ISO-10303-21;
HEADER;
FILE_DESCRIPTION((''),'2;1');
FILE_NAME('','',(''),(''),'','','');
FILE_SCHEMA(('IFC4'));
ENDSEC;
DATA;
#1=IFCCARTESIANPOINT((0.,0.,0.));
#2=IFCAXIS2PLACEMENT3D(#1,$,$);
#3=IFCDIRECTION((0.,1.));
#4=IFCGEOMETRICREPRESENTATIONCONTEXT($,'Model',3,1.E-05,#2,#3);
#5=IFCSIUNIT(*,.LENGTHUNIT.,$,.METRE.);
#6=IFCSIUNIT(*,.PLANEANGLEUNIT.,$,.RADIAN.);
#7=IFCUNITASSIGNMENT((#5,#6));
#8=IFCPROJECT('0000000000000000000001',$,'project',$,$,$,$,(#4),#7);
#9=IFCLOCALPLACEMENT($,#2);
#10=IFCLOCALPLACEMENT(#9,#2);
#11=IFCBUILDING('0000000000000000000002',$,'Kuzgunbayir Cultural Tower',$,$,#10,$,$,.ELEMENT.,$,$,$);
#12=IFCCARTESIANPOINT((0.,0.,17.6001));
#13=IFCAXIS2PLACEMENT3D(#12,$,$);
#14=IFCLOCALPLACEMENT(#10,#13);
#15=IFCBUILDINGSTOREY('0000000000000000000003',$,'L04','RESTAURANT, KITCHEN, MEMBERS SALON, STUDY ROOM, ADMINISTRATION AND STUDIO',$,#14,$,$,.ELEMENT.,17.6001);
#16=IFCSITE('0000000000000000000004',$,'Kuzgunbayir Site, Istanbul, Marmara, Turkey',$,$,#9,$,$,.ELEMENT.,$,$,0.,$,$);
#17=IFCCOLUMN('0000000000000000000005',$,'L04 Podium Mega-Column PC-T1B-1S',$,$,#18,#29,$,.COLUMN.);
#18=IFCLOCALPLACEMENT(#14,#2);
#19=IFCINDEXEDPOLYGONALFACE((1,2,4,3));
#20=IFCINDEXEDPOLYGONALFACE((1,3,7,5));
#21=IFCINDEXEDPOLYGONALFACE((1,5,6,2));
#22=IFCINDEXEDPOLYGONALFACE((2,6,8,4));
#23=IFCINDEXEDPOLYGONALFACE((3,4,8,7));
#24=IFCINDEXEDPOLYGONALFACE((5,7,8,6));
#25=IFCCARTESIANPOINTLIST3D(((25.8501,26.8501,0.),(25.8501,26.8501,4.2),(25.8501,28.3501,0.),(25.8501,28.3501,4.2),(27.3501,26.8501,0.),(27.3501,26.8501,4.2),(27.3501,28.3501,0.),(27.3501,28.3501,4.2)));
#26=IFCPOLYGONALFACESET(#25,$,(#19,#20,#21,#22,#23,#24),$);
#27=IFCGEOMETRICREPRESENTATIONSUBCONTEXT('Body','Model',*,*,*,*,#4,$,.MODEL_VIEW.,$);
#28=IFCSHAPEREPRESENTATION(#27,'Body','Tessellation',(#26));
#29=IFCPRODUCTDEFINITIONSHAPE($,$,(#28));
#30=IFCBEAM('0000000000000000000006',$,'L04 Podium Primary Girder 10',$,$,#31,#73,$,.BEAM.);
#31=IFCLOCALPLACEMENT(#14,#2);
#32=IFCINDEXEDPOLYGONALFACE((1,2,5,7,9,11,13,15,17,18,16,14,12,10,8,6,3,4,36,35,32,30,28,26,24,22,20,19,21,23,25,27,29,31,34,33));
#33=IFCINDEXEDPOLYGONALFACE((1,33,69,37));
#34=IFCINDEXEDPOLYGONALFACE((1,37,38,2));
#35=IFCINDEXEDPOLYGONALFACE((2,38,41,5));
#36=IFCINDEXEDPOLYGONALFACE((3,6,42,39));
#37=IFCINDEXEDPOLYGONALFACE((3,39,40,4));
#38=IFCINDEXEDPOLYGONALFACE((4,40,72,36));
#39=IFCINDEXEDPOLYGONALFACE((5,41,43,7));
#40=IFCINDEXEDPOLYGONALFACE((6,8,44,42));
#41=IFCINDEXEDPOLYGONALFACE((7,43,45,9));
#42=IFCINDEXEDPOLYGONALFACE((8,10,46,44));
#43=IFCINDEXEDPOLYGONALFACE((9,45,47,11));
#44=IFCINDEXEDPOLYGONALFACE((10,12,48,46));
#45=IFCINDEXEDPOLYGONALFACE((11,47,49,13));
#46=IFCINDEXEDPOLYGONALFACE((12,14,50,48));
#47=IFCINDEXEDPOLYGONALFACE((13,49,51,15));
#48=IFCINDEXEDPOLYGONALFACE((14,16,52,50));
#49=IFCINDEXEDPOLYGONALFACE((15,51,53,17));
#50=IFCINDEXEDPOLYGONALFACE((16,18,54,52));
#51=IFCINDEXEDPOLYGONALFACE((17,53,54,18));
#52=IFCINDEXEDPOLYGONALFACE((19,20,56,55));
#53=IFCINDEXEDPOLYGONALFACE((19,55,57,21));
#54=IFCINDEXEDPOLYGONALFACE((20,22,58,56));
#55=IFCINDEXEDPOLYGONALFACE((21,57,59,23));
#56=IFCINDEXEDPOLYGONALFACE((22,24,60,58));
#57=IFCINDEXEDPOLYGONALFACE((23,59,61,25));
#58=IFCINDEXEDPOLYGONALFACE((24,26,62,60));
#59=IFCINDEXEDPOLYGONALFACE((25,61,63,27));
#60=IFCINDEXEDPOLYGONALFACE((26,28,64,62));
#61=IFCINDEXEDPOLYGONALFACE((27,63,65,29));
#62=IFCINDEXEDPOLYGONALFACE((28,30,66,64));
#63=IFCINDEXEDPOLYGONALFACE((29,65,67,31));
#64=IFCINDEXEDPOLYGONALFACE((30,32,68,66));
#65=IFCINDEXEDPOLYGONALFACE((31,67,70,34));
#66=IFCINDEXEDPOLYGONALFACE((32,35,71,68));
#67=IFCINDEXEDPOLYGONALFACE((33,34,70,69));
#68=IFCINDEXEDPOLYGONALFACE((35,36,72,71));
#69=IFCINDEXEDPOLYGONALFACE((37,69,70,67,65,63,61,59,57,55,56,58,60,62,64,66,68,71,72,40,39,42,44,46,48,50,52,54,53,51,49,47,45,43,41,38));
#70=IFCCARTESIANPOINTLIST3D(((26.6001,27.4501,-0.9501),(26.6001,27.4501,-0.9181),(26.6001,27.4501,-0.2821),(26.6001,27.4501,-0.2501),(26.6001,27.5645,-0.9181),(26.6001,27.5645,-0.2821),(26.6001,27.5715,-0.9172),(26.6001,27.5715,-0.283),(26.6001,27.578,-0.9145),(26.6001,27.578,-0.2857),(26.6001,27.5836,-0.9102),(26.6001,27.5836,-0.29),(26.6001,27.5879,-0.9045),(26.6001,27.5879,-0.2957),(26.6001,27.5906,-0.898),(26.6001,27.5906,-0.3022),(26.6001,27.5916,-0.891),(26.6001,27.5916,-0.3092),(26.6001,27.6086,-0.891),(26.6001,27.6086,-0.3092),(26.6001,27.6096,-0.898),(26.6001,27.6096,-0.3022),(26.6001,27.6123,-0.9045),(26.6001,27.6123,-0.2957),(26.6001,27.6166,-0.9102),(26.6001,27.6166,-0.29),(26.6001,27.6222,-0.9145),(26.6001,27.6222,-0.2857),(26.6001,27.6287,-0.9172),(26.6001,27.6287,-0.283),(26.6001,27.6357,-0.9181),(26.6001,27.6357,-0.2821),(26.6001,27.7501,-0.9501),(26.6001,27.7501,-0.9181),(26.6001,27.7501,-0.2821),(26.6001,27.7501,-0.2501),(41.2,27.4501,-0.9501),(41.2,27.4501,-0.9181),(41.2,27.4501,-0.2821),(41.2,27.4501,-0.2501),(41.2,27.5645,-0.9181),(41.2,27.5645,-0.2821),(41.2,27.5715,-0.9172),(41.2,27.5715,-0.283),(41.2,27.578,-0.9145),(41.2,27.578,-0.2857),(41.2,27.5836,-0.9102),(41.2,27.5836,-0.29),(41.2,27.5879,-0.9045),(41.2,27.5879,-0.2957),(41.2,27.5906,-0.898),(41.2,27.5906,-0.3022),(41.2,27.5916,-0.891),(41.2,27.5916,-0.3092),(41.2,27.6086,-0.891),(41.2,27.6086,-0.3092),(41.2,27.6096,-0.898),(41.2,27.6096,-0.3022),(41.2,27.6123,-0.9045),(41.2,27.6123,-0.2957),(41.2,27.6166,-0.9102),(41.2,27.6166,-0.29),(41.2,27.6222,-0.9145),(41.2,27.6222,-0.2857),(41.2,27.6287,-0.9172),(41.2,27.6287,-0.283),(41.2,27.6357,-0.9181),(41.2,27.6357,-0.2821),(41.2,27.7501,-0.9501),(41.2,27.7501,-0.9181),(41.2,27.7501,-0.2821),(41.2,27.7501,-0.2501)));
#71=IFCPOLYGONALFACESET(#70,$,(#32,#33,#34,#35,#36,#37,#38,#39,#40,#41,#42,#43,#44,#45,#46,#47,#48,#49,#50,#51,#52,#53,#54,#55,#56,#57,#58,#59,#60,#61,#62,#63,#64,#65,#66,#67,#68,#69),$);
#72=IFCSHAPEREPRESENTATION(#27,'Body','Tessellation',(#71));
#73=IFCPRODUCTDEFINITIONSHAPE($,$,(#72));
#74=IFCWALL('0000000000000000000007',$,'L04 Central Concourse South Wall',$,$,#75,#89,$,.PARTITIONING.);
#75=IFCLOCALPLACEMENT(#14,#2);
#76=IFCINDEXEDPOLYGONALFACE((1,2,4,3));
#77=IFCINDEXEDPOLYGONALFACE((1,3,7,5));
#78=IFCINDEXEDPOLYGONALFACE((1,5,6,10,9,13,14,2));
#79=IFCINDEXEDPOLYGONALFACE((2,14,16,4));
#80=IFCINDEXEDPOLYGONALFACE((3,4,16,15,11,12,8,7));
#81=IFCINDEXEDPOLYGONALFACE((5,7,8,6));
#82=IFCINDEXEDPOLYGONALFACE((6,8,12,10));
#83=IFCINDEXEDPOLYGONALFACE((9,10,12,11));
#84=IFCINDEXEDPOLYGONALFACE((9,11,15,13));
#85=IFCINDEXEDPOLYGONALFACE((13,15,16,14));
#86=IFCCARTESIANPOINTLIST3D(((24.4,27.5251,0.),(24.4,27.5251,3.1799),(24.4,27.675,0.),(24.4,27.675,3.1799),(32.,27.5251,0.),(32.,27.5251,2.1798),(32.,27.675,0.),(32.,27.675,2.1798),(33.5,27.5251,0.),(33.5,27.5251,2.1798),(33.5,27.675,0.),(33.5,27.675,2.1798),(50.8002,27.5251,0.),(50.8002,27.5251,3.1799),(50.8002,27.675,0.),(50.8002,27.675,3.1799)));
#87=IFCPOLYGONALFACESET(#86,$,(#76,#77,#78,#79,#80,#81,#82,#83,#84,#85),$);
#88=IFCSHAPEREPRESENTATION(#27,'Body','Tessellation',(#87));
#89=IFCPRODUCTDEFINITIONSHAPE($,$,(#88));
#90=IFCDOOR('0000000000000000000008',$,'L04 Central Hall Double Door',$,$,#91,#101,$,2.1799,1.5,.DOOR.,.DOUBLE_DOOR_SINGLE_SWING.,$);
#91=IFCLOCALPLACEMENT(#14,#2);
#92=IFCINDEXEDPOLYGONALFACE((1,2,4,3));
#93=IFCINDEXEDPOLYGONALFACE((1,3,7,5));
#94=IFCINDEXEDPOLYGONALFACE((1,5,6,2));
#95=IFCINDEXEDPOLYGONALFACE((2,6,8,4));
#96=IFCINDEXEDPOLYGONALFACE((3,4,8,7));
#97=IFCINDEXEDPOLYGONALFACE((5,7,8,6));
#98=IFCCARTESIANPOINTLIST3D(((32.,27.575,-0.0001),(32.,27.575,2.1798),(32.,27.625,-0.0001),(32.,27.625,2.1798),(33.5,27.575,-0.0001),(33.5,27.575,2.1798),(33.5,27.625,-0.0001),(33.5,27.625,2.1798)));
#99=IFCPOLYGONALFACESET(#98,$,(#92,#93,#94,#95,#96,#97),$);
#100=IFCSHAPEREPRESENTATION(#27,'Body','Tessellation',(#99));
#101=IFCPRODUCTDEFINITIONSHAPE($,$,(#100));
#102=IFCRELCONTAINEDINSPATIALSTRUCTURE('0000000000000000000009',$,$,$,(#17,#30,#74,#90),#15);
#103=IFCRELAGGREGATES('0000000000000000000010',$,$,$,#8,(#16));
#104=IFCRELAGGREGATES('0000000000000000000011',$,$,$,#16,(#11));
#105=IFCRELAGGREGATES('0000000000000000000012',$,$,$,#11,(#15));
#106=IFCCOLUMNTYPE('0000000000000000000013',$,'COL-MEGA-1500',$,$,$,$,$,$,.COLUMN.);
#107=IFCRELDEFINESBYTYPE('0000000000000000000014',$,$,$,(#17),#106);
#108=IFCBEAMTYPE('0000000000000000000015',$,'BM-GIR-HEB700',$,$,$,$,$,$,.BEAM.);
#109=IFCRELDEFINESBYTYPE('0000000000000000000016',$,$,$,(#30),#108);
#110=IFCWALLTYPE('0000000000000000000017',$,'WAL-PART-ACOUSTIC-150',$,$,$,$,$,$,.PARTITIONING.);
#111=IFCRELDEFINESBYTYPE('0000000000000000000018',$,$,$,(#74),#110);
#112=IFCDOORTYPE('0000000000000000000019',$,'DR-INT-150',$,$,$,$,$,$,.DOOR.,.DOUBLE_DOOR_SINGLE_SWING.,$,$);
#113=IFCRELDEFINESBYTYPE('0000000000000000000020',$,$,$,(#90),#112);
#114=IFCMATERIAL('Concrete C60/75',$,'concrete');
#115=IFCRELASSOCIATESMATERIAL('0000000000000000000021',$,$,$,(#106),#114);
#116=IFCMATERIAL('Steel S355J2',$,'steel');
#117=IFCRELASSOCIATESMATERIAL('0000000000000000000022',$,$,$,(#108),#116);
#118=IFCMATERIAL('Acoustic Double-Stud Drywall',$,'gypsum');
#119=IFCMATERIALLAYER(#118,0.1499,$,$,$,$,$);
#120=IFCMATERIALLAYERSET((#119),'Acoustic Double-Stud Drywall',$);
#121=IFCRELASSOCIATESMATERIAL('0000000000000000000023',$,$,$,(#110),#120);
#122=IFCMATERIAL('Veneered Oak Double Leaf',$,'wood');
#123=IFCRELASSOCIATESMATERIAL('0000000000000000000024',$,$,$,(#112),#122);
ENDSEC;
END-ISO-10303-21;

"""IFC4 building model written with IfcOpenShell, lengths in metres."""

from ifc_helpers import new_model, si_unit, direction, frame, frame_2d, origin, origin_2d, place, context, subcontext, project, spatial, rectangle, i_section, extrude, material, layer, layer_set, material_profile, profile_set, type_object, element, fill, save


model = new_model("IFC4")

# Units and contexts
model_context = context("Model", 3, precision=1e-05, world=origin(), true_north=direction((0.0, 1.0)))
body_context = subcontext(model_context, "Body", "Model", "MODEL_VIEW")
ifc_project = project(units=[si_unit("LENGTHUNIT", "METRE"), si_unit("PLANEANGLEUNIT", "RADIAN")], contexts=[model_context])

# Site, building, storey
site_placement = place(None, origin())
site = spatial("IfcSite", under=ifc_project, at=site_placement, Name="Kuzgunbayir Site, Istanbul, Marmara, Turkey", CompositionType="ELEMENT", RefElevation=0.0)
building_placement = place(site_placement, origin())
building = spatial("IfcBuilding", under=site, at=building_placement, Name="Kuzgunbayir Cultural Tower", CompositionType="ELEMENT")
storey_placement = place(building_placement, frame((0.0, 0.0, 17.6001)))
storey = spatial("IfcBuildingStorey", under=building, at=storey_placement, Name="L04", Description="RESTAURANT, KITCHEN, MEMBERS SALON, STUDY ROOM, ADMINISTRATION AND STUDIO", CompositionType="ELEMENT", Elevation=17.6001)

# Column
ifc_material_1 = material(Name="Concrete C60/75", Category="concrete")
ifc_material_profile_1 = material_profile(ifc_material_1, rectangle(XDim=1.5, YDim=1.5, at=origin_2d()), Name="RC 1500x1500")
ifc_profile_set_1 = profile_set([ifc_material_profile_1], Name="Concrete C60/75")
column_type = type_object("IfcColumnType", Name="COL-MEGA-1500", PredefinedType="COLUMN", material=ifc_profile_set_1)
column_placement = place(storey_placement, frame((26.6001, 27.6001, 0.0), z_axis=(0.0, 0.0, 1.0), x_axis=(1.0, 0.0, 0.0)))
element("IfcColumn", 1, at=column_placement, inside=storey, type_object=column_type, Name="L04 Podium Mega-Column PC-T1B-1S", PredefinedType="COLUMN", context=body_context, shape_type="SweptSolid", body=[
    extrude(rectangle(XDim=1.5, YDim=1.5, at=origin_2d()), origin(), (0.0, 0.0, 1.0), 4.2),
])

# Beam
ifc_material_2 = material(Name="Steel S355J2", Category="steel")
ifc_material_profile_2 = material_profile(ifc_material_2, i_section(OverallWidth=0.3, OverallDepth=0.7, WebThickness=0.0171, FlangeThickness=0.032, FilletRadius=0.0271, at=origin_2d()), Name="HEB 700")
ifc_profile_set_2 = profile_set([ifc_material_profile_2], Name="Steel S355J2")
beam_type = type_object("IfcBeamType", Name="BM-GIR-HEB700", PredefinedType="BEAM", material=ifc_profile_set_2)
beam_placement = place(storey_placement, frame((26.6001, 27.6001, -0.6001), z_axis=(1.0, 0.0, 0.0), x_axis=(0.0, 1.0, 0.0)))
element("IfcBeam", 2, at=beam_placement, inside=storey, type_object=beam_type, Name="L04 Podium Primary Girder 10", PredefinedType="BEAM", context=body_context, shape_type="SweptSolid", body=[
    extrude(i_section(OverallWidth=0.3, OverallDepth=0.7, WebThickness=0.0171, FlangeThickness=0.032, FilletRadius=0.0271, at=origin_2d()), origin(), (0.0, 0.0, 1.0), 14.5999),
])

# Wall, opening, door
ifc_material_3 = material(Name="Acoustic Double-Stud Drywall", Category="gypsum")
ifc_layer_1 = layer(ifc_material_3, 0.1499)
ifc_layer_set_1 = layer_set([ifc_layer_1], Name="Acoustic Double-Stud Drywall")
wall_type_1 = type_object("IfcWallType", Name="WAL-PART-ACOUSTIC-150", PredefinedType="PARTITIONING", material=ifc_layer_set_1)
wall_1_placement = place(storey_placement, frame((24.3999, 27.6001, 0.0), z_axis=(0.0, 0.0, 1.0), x_axis=(1.0, 0.0, 0.0)))
wall_1 = element("IfcWall", 3, at=wall_1_placement, inside=storey, type_object=wall_type_1, Name="L04 Central Concourse South Wall", PredefinedType="PARTITIONING", context=body_context, shape_type="SweptSolid", body=[
    extrude(rectangle(XDim=26.4001, YDim=0.1499, at=frame_2d((13.2002, 0.0))), origin(), (0.0, 0.0, 1.0), 3.1799),
])
opening_1_placement = place(wall_1_placement, frame((7.6001, 0.0, 0.0)))
opening_1 = element("IfcOpeningElement", 4, at=opening_1_placement, cuts=wall_1, PredefinedType="OPENING", context=body_context, shape_type="SweptSolid", body=[
    extrude(rectangle(XDim=1.5, YDim=2.1799, at=frame_2d((0.75, 1.0898))), frame((0.0, 0.085, 0.0), z_axis=(0.0, -1.0, 0.0), x_axis=(1.0, 0.0, 0.0)), (0.0, 0.0, 1.0), 0.1699),
])
ifc_material_4 = material(Name="Veneered Oak Double Leaf", Category="wood")
door_type_1 = type_object("IfcDoorType", Name="DR-INT-150", OperationType="DOUBLE_DOOR_SINGLE_SWING", PredefinedType="DOOR", material=ifc_material_4)
door_1_placement = place(opening_1_placement, origin())
door_1 = element("IfcDoor", 5, at=door_1_placement, inside=storey, type_object=door_type_1, Name="L04 Central Hall Double Door", OperationType="DOUBLE_DOOR_SINGLE_SWING", OverallHeight=2.1799, OverallWidth=1.5, PredefinedType="DOOR", context=body_context, shape_type="SweptSolid", body=[
    extrude(rectangle(XDim=1.5, YDim=2.1799, at=frame_2d((0.75, 1.0898))), frame((0.0, 0.0249, 0.0), z_axis=(0.0, -1.0, 0.0), x_axis=(1.0, 0.0, 0.0)), (0.0, 0.0, 1.0), 0.05),
])
fill(opening_1, door_1)

save(model, "model.ifc")
